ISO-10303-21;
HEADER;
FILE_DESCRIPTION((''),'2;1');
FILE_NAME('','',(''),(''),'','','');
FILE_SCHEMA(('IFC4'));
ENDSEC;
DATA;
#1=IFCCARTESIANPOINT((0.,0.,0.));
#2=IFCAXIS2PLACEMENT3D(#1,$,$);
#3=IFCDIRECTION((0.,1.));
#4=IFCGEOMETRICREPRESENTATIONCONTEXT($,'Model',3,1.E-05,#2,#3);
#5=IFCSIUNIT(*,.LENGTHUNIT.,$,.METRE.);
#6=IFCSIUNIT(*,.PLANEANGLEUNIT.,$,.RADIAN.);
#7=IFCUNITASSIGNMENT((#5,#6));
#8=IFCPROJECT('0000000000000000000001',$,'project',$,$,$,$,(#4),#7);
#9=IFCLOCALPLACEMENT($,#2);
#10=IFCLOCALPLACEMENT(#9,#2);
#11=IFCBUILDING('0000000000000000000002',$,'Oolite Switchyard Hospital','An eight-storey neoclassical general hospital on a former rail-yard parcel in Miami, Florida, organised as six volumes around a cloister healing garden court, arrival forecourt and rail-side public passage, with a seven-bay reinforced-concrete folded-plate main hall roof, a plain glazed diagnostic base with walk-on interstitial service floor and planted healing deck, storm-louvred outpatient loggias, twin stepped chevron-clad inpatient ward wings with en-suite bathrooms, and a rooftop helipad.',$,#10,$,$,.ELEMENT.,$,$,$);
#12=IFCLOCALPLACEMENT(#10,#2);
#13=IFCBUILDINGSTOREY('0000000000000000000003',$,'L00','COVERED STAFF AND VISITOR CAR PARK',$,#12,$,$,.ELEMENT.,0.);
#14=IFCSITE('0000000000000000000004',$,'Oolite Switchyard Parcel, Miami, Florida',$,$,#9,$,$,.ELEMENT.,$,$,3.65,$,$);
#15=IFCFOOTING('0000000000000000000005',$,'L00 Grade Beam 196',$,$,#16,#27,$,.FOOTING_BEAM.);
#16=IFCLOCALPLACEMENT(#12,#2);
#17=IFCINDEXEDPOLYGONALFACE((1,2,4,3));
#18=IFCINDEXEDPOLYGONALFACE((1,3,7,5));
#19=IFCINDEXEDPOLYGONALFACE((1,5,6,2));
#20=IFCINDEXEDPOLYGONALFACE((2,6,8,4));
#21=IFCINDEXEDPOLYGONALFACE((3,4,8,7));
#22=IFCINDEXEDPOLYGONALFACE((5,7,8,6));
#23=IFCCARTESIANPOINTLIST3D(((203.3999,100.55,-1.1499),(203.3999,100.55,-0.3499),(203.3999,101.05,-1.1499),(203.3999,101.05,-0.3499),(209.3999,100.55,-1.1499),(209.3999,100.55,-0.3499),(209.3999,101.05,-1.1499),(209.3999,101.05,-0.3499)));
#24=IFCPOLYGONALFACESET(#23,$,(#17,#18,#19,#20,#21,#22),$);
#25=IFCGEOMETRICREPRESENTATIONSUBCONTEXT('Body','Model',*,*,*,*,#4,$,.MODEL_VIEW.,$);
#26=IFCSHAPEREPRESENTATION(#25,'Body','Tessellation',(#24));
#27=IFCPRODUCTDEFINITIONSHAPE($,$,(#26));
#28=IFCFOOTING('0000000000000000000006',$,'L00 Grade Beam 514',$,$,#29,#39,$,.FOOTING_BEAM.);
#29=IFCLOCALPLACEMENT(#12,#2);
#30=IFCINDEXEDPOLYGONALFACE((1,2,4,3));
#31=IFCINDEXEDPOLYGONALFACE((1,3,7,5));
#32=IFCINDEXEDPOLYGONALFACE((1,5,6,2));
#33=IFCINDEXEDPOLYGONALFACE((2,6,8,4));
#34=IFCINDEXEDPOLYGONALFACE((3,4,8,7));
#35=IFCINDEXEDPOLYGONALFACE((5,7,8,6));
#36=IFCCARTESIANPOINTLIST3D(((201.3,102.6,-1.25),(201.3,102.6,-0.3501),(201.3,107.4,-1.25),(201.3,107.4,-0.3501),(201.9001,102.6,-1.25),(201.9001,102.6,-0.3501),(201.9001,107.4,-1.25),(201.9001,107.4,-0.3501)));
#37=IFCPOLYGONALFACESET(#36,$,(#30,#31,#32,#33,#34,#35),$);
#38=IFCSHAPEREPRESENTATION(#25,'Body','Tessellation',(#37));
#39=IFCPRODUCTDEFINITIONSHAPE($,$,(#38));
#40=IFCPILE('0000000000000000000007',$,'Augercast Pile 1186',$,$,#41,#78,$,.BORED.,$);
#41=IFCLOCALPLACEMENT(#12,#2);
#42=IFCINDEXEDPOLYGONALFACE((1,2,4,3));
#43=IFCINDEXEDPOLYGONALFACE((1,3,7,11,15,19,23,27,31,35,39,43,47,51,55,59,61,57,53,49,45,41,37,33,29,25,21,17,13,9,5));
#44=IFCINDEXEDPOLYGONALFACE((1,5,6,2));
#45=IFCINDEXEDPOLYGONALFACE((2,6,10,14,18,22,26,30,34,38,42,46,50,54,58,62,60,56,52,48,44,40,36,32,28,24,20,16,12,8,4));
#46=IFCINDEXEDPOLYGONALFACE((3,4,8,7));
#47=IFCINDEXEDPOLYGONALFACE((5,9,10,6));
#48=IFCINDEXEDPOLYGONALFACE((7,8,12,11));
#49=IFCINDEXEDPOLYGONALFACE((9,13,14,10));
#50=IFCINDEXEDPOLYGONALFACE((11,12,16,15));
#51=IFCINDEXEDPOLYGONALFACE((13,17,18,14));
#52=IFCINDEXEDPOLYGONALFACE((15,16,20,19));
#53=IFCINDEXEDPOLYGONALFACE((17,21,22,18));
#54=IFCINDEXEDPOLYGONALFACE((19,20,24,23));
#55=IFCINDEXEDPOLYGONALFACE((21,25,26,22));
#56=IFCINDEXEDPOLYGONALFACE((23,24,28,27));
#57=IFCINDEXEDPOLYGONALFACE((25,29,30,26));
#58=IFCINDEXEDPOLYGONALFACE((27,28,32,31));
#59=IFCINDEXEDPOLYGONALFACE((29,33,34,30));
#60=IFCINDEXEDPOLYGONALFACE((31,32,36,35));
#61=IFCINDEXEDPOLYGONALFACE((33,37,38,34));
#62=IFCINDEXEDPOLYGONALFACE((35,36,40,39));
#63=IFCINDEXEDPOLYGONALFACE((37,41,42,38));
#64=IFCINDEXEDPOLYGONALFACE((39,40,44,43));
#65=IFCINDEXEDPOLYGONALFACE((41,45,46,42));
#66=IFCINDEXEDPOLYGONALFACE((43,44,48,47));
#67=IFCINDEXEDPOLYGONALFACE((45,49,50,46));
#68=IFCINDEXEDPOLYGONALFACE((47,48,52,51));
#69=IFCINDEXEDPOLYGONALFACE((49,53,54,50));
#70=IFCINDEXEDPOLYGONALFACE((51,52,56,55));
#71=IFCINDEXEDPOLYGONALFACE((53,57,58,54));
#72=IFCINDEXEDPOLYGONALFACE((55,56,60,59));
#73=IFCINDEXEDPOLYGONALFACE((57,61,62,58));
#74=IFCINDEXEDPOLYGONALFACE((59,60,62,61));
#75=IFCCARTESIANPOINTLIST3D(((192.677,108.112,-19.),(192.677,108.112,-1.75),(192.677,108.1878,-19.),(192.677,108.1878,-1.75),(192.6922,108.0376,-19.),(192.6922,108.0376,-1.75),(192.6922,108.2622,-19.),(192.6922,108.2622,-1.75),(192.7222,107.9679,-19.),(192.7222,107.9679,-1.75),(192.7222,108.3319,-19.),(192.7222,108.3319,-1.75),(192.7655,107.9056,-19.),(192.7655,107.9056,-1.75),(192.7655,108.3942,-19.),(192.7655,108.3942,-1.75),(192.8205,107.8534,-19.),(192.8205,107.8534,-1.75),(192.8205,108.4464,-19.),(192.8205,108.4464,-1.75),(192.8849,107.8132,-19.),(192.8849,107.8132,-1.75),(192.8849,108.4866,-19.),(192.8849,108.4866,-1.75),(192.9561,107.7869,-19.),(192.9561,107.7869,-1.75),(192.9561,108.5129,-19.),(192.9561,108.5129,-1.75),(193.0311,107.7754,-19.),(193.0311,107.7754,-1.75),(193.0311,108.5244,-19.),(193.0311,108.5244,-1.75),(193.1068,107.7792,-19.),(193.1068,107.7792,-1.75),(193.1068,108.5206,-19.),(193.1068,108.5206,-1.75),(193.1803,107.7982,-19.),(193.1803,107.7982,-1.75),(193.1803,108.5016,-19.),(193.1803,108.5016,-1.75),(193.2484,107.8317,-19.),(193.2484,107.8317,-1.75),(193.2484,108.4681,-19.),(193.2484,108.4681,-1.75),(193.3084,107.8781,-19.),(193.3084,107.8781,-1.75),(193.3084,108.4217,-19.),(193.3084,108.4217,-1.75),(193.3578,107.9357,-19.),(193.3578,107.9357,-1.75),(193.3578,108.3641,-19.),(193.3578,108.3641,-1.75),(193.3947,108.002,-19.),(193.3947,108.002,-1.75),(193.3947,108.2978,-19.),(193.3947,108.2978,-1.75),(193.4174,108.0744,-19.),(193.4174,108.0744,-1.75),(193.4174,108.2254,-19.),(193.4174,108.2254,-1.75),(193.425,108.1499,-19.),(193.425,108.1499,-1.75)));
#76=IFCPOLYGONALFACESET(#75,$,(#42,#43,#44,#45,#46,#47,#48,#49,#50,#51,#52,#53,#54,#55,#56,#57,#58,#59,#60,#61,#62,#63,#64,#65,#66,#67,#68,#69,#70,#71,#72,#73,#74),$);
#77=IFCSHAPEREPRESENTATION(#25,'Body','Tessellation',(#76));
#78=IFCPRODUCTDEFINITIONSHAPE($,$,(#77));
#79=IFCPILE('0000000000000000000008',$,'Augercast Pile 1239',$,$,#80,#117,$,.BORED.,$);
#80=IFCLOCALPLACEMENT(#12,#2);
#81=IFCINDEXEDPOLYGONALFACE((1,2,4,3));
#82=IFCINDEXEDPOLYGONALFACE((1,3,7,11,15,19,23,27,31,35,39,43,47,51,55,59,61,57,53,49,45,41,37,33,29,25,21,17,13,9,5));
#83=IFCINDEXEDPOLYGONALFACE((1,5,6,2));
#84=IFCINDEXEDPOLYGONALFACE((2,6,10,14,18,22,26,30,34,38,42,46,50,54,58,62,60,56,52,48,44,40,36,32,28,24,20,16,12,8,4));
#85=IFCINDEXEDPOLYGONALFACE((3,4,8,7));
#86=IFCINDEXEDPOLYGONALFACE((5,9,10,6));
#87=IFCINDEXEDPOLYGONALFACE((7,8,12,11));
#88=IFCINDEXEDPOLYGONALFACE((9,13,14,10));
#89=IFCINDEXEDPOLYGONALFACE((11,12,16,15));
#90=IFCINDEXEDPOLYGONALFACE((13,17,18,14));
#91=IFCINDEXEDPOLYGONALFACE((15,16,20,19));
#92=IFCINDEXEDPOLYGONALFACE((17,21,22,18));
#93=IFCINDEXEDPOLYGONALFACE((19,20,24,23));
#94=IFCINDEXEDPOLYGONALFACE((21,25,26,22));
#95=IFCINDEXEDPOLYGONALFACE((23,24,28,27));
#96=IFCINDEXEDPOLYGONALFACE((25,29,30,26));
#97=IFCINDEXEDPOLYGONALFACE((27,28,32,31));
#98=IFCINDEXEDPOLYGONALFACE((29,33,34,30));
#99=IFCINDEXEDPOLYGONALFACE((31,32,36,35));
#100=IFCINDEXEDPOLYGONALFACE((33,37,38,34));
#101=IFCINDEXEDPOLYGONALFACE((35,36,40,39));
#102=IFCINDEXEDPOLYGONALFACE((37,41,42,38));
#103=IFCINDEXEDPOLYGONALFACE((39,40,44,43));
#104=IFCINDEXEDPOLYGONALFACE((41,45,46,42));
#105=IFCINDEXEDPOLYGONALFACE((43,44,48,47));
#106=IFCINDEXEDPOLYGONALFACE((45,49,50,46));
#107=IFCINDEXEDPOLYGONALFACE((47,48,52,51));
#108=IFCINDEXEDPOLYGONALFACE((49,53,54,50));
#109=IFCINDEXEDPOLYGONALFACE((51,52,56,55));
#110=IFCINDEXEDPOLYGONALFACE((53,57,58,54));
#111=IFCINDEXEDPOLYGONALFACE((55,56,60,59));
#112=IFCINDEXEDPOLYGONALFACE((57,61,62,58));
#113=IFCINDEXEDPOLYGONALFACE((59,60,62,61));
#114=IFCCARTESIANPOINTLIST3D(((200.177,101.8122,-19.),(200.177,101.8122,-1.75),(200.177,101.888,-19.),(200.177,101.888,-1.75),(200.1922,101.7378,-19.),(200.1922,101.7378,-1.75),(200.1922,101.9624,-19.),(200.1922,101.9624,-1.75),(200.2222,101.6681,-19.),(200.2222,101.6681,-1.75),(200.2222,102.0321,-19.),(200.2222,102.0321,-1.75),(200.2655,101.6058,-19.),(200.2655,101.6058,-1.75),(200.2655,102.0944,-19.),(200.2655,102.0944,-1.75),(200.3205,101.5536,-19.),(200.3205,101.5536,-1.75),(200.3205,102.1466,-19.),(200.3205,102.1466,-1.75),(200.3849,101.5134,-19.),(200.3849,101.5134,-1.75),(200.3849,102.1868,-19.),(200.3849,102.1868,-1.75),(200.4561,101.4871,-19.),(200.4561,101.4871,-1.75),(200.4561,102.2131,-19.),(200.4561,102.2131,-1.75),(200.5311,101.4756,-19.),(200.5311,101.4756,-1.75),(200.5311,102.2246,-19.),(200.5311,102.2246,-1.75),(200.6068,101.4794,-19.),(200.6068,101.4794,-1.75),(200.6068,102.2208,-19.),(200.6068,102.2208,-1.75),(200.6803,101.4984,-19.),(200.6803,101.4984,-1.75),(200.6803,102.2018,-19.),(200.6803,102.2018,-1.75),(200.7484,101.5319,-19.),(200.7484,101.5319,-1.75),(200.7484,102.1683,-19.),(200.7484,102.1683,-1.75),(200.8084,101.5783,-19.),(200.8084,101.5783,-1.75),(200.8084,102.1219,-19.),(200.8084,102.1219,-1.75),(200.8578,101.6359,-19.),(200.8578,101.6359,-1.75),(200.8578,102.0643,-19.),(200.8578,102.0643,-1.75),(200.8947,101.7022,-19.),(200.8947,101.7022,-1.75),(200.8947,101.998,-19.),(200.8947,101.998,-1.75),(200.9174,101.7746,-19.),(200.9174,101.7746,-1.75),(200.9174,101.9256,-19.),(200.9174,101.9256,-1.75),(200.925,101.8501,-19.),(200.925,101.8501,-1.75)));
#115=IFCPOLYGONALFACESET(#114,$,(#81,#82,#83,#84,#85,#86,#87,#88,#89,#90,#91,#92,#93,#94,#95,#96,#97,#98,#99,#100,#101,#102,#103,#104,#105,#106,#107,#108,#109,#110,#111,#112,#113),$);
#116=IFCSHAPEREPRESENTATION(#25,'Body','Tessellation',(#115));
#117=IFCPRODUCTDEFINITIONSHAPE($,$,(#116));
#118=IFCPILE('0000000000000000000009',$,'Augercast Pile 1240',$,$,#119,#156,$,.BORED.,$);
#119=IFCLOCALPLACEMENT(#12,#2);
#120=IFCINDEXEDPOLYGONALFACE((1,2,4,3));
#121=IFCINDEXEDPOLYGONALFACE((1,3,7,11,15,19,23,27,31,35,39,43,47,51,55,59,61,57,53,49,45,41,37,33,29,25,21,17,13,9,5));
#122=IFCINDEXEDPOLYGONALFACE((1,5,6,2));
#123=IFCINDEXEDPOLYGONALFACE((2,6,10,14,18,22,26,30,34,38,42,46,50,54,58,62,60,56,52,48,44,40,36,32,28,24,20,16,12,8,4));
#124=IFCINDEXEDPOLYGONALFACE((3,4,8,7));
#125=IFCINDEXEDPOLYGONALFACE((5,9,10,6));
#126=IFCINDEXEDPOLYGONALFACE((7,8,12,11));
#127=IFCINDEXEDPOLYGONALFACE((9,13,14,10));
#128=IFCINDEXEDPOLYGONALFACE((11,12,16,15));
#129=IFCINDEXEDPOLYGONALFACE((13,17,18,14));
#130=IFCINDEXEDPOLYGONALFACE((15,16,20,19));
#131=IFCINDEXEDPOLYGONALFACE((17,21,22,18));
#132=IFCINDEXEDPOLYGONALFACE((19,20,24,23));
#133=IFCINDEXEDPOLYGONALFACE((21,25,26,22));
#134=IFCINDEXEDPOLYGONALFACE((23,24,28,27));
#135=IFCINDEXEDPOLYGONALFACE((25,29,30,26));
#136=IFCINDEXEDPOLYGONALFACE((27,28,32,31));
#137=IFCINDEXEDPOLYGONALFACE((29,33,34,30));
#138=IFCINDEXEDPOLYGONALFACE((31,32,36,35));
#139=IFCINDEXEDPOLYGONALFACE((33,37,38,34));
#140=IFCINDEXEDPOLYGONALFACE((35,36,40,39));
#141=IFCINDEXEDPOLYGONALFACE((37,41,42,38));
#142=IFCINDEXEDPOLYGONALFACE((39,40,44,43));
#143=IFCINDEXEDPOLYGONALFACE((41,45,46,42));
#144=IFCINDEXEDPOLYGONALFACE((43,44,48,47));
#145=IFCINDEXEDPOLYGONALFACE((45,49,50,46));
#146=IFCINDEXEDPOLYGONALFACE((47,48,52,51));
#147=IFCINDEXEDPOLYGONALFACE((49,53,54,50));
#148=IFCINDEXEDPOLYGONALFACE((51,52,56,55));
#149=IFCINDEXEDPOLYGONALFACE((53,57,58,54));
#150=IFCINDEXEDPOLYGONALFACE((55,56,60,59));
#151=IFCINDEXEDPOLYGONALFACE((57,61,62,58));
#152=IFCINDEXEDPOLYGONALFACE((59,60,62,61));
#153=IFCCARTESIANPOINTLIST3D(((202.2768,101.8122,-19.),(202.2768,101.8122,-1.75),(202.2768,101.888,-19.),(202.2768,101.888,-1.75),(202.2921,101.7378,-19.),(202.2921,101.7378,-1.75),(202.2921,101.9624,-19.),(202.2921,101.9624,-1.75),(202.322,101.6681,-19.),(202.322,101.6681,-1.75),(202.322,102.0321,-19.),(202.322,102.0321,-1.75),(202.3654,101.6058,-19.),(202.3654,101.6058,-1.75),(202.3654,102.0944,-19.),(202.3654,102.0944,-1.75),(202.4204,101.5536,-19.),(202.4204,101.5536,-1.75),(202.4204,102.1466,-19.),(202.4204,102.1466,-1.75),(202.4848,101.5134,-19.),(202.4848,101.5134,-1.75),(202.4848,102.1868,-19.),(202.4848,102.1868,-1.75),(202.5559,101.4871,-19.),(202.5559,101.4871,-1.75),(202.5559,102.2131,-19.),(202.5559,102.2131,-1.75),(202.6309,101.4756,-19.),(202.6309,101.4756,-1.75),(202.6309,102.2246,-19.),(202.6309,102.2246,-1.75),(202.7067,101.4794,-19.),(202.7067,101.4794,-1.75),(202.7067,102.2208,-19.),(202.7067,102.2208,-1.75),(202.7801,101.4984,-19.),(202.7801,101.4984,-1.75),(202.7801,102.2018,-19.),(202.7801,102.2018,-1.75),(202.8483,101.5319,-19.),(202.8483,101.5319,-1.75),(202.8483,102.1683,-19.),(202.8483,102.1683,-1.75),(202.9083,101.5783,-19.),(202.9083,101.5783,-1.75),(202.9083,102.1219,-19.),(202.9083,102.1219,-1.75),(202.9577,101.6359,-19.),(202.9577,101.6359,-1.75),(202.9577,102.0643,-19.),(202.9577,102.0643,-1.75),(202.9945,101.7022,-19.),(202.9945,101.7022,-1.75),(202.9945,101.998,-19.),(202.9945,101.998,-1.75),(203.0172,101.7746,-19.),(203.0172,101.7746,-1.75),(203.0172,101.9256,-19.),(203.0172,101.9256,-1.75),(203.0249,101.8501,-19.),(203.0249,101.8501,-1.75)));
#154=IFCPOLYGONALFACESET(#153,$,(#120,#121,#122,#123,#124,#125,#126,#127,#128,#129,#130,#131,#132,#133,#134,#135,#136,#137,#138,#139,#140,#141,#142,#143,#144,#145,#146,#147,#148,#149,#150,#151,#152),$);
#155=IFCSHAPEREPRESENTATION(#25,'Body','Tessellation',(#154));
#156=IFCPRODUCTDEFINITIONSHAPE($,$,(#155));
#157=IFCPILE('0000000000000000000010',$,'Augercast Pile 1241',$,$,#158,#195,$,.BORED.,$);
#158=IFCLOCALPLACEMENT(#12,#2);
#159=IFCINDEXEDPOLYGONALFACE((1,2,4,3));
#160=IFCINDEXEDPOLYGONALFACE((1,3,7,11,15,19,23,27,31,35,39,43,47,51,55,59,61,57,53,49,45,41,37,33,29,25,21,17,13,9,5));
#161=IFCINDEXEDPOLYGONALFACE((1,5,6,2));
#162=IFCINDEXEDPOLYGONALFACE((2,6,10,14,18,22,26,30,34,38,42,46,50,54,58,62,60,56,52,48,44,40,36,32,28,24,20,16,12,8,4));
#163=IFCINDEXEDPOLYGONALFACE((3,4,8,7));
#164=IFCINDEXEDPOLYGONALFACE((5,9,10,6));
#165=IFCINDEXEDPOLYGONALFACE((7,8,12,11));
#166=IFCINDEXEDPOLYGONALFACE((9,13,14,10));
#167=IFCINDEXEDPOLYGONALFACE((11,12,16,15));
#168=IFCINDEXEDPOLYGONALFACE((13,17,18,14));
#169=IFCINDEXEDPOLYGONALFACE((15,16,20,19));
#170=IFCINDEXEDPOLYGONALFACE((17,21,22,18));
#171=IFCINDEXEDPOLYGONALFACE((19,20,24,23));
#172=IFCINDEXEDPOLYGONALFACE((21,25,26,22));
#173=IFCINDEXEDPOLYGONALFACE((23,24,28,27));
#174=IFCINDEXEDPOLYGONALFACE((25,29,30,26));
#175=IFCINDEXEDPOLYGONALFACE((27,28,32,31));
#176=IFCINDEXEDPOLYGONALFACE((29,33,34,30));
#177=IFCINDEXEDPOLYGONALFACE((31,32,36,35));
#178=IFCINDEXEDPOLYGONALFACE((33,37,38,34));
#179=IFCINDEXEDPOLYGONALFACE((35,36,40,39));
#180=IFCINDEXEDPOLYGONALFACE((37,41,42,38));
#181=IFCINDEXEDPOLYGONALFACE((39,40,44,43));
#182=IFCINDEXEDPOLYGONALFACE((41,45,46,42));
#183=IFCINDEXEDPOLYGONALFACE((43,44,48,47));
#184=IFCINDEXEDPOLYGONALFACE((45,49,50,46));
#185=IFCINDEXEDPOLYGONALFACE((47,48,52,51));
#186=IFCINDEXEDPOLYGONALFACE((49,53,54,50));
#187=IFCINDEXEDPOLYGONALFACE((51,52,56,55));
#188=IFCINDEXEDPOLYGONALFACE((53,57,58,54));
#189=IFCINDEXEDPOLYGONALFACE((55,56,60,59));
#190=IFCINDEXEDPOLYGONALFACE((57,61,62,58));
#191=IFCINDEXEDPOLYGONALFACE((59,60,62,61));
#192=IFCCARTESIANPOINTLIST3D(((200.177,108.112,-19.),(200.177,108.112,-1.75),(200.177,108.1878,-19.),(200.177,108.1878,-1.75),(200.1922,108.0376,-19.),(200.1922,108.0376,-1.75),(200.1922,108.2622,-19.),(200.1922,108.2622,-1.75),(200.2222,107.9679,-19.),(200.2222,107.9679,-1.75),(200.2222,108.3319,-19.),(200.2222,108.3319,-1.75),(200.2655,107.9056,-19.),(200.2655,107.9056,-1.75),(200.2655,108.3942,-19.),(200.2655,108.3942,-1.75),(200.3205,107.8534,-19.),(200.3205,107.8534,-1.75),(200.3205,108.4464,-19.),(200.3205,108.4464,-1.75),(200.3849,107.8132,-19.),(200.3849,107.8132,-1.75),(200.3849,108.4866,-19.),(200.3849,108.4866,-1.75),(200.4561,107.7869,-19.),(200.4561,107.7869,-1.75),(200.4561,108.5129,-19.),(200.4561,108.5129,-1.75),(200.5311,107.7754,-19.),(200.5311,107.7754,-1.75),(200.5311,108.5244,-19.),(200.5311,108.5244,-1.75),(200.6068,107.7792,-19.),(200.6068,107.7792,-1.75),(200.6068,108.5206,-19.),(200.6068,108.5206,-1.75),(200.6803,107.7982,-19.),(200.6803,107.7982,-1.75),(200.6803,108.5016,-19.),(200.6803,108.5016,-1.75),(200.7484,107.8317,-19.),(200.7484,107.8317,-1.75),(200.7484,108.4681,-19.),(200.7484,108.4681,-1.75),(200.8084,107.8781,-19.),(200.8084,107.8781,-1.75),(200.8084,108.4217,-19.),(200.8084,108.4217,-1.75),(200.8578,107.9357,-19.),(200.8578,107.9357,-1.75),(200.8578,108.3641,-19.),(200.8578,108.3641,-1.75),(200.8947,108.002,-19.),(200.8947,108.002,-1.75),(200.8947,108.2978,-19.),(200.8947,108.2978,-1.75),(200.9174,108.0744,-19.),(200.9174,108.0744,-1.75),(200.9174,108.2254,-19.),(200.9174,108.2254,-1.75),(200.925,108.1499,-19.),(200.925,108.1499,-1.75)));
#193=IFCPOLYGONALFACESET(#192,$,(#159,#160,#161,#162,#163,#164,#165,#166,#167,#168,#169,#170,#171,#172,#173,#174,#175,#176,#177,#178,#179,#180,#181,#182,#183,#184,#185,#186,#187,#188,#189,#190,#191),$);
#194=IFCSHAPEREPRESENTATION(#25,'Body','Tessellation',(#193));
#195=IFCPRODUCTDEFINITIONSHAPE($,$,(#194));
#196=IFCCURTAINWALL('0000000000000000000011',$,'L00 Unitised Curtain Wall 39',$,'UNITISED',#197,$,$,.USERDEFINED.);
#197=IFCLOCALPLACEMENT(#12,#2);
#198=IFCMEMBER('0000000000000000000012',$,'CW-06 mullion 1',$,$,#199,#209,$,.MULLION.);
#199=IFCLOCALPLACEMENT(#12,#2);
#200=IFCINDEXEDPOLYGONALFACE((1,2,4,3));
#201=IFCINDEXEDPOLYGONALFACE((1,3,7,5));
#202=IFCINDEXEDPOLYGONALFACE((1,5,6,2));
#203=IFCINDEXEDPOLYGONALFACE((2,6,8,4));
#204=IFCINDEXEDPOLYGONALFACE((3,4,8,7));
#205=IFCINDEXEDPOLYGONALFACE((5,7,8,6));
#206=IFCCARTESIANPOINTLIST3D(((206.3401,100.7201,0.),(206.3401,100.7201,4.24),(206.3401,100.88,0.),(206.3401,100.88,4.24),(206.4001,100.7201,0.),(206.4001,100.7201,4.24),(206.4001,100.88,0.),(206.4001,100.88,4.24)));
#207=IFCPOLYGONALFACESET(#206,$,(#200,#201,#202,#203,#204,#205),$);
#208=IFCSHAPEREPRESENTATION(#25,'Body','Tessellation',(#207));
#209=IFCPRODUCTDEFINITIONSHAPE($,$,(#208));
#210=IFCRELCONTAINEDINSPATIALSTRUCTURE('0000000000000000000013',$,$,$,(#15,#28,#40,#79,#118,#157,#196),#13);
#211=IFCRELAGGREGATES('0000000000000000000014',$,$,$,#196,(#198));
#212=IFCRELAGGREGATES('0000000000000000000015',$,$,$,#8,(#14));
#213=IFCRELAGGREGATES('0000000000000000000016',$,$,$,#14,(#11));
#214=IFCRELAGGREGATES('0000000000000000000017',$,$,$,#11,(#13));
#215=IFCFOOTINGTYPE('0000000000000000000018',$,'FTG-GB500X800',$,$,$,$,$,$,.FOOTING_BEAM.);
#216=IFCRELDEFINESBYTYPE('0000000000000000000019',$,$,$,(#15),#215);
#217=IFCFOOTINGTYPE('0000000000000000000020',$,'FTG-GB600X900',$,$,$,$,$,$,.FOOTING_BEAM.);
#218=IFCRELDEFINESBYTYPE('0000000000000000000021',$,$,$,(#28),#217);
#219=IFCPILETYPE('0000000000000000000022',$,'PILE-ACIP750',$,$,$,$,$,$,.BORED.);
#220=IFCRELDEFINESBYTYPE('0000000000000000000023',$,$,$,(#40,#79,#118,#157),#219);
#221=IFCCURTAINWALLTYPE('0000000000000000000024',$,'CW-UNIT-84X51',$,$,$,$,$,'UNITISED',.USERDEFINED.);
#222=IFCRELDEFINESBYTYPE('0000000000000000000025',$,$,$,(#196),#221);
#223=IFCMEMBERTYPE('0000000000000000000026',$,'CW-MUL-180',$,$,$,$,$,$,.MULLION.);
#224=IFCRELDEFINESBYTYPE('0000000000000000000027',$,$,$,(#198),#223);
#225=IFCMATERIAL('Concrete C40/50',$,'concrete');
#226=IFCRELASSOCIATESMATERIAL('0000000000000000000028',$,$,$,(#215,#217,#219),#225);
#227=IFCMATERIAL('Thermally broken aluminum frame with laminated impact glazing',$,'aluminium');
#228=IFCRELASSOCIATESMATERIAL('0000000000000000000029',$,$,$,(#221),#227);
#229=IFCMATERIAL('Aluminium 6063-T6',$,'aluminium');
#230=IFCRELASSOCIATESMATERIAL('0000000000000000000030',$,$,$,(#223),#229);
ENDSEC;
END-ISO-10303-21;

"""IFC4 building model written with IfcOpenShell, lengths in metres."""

from ifc_helpers import new_model, si_unit, direction, frame, origin, origin_2d, place, context, subcontext, project, spatial, rectangle, circle, extrude, material, material_profile, profile_set, type_object, element, aggregate, save


model = new_model("IFC4")

# Units and contexts
model_context = context("Model", 3, precision=1e-05, world=origin(), true_north=direction((0.0, 1.0)))
body_context = subcontext(model_context, "Body", "Model", "MODEL_VIEW")
ifc_project = project(units=[si_unit("LENGTHUNIT", "METRE"), si_unit("PLANEANGLEUNIT", "RADIAN")], contexts=[model_context])

# Site, building, storey
site_placement = place(None, origin())
site = spatial("IfcSite", under=ifc_project, at=site_placement, Name="Oolite Switchyard Parcel, Miami, Florida", CompositionType="ELEMENT", RefElevation=3.65)
building_placement = place(site_placement, origin())
building = spatial("IfcBuilding", under=site, at=building_placement, Name="Oolite Switchyard Hospital", Description="An eight-storey neoclassical general hospital on a former rail-yard parcel in Miami, Florida, organised as six volumes around a cloister healing garden court, arrival forecourt and rail-side public passage, with a seven-bay reinforced-concrete folded-plate main hall roof, a plain glazed diagnostic base with walk-on interstitial service floor and planted healing deck, storm-louvred outpatient loggias, twin stepped chevron-clad inpatient ward wings with en-suite bathrooms, and a rooftop helipad.", CompositionType="ELEMENT")
storey_placement = place(building_placement, origin())
storey = spatial("IfcBuildingStorey", under=building, at=storey_placement, Name="L00", Description="COVERED STAFF AND VISITOR CAR PARK", CompositionType="ELEMENT", Elevation=0.0)

# Footings
ifc_material_1 = material(Name="Concrete C40/50", Category="concrete")
footing_type_1 = type_object("IfcFootingType", Name="FTG-GB500X800", PredefinedType="FOOTING_BEAM", material=ifc_material_1)
footing_1_placement = place(storey_placement, frame((206.3999, 100.8, -1.1499), z_axis=(0.0, 0.0, 1.0), x_axis=(1.0, 0.0, 0.0)))
element("IfcFooting", 1, at=footing_1_placement, inside=storey, type_object=footing_type_1, Name="L00 Grade Beam 196", PredefinedType="FOOTING_BEAM", context=body_context, shape_type="SweptSolid", body=[
    extrude(rectangle(XDim=6.0, YDim=0.5, at=origin_2d()), origin(), (0.0, 0.0, 1.0), 0.8),
])
footing_type_2 = type_object("IfcFootingType", Name="FTG-GB600X900", PredefinedType="FOOTING_BEAM", material=ifc_material_1)
footing_2_placement = place(storey_placement, frame((201.6001, 105.0, -1.25), z_axis=(0.0, 0.0, 1.0), x_axis=(0.0, 1.0, 0.0)))
element("IfcFooting", 2, at=footing_2_placement, inside=storey, type_object=footing_type_2, Name="L00 Grade Beam 514", PredefinedType="FOOTING_BEAM", context=body_context, shape_type="SweptSolid", body=[
    extrude(rectangle(XDim=4.8, YDim=0.6001, at=origin_2d()), origin(), (0.0, 0.0, 1.0), 0.8999),
])

# Piles
ifc_material_profile_1 = material_profile(ifc_material_1, circle(Radius=0.375, at=origin_2d()), Name="PILE750")
ifc_profile_set_1 = profile_set([ifc_material_profile_1], Name="Concrete C40/50")
pile_type = type_object("IfcPileType", Name="PILE-ACIP750", PredefinedType="BORED", material=ifc_profile_set_1)
for number, where, z_axis, x_axis, name in (
    (3, (193.05, 108.1499, -1.75), (0.0, 0.0, -1.0), (1.0, 0.0, 0.0), "Augercast Pile 1186"),
    (4, (200.55, 101.8501, -1.75), (0.0, 0.0, -1.0), (1.0, 0.0, 0.0), "Augercast Pile 1239"),
    (5, (202.6499, 101.8501, -1.75), (0.0, 0.0, -1.0), (1.0, 0.0, 0.0), "Augercast Pile 1240"),
    (6, (200.55, 108.1499, -1.75), (0.0, 0.0, -1.0), (1.0, 0.0, 0.0), "Augercast Pile 1241"),
):
    element("IfcPile", number, at=place(storey_placement, frame(where, z_axis=z_axis, x_axis=x_axis)), inside=storey, type_object=pile_type, Name=name, PredefinedType="BORED", context=body_context, shape_type="SweptSolid", body=[
        extrude(circle(Radius=0.375, at=origin_2d()), origin(), (0.0, 0.0, 1.0), 17.25),
    ])

# Curtain wall, member
ifc_material_2 = material(Name="Thermally broken aluminum frame with laminated impact glazing", Category="aluminium")
curtain_wall_type = type_object("IfcCurtainWallType", Name="CW-UNIT-84X51", ElementType="UNITISED", PredefinedType="USERDEFINED", material=ifc_material_2)
curtain_wall_placement = place(storey_placement, origin())
curtain_wall = element("IfcCurtainWall", 7, at=curtain_wall_placement, inside=storey, type_object=curtain_wall_type, Name="L00 Unitised Curtain Wall 39", ObjectType="UNITISED", PredefinedType="USERDEFINED")
ifc_material_3 = material(Name="Aluminium 6063-T6", Category="aluminium")
ifc_material_profile_2 = material_profile(ifc_material_3, rectangle(XDim=0.1599, YDim=0.0601, at=origin_2d()), Name="CWM60X160")
ifc_profile_set_2 = profile_set([ifc_material_profile_2], Name="Aluminium 6063-T6")
member_type_1 = type_object("IfcMemberType", Name="CW-MUL-180", PredefinedType="MULLION", material=ifc_profile_set_2)
member_1_placement = place(storey_placement, frame((206.3701, 100.8, 0.0), z_axis=(0.0, 0.0, 1.0), x_axis=(0.0, -1.0, 0.0)))
member_1 = element("IfcMember", 8, at=member_1_placement, type_object=member_type_1, Name="CW-06 mullion 1", PredefinedType="MULLION", context=body_context, shape_type="SweptSolid", body=[
    extrude(rectangle(XDim=0.1599, YDim=0.0601, at=origin_2d()), origin(), (0.0, 0.0, 1.0), 4.24),
])
aggregate(curtain_wall, [member_1])

save(model, "model.ifc")
